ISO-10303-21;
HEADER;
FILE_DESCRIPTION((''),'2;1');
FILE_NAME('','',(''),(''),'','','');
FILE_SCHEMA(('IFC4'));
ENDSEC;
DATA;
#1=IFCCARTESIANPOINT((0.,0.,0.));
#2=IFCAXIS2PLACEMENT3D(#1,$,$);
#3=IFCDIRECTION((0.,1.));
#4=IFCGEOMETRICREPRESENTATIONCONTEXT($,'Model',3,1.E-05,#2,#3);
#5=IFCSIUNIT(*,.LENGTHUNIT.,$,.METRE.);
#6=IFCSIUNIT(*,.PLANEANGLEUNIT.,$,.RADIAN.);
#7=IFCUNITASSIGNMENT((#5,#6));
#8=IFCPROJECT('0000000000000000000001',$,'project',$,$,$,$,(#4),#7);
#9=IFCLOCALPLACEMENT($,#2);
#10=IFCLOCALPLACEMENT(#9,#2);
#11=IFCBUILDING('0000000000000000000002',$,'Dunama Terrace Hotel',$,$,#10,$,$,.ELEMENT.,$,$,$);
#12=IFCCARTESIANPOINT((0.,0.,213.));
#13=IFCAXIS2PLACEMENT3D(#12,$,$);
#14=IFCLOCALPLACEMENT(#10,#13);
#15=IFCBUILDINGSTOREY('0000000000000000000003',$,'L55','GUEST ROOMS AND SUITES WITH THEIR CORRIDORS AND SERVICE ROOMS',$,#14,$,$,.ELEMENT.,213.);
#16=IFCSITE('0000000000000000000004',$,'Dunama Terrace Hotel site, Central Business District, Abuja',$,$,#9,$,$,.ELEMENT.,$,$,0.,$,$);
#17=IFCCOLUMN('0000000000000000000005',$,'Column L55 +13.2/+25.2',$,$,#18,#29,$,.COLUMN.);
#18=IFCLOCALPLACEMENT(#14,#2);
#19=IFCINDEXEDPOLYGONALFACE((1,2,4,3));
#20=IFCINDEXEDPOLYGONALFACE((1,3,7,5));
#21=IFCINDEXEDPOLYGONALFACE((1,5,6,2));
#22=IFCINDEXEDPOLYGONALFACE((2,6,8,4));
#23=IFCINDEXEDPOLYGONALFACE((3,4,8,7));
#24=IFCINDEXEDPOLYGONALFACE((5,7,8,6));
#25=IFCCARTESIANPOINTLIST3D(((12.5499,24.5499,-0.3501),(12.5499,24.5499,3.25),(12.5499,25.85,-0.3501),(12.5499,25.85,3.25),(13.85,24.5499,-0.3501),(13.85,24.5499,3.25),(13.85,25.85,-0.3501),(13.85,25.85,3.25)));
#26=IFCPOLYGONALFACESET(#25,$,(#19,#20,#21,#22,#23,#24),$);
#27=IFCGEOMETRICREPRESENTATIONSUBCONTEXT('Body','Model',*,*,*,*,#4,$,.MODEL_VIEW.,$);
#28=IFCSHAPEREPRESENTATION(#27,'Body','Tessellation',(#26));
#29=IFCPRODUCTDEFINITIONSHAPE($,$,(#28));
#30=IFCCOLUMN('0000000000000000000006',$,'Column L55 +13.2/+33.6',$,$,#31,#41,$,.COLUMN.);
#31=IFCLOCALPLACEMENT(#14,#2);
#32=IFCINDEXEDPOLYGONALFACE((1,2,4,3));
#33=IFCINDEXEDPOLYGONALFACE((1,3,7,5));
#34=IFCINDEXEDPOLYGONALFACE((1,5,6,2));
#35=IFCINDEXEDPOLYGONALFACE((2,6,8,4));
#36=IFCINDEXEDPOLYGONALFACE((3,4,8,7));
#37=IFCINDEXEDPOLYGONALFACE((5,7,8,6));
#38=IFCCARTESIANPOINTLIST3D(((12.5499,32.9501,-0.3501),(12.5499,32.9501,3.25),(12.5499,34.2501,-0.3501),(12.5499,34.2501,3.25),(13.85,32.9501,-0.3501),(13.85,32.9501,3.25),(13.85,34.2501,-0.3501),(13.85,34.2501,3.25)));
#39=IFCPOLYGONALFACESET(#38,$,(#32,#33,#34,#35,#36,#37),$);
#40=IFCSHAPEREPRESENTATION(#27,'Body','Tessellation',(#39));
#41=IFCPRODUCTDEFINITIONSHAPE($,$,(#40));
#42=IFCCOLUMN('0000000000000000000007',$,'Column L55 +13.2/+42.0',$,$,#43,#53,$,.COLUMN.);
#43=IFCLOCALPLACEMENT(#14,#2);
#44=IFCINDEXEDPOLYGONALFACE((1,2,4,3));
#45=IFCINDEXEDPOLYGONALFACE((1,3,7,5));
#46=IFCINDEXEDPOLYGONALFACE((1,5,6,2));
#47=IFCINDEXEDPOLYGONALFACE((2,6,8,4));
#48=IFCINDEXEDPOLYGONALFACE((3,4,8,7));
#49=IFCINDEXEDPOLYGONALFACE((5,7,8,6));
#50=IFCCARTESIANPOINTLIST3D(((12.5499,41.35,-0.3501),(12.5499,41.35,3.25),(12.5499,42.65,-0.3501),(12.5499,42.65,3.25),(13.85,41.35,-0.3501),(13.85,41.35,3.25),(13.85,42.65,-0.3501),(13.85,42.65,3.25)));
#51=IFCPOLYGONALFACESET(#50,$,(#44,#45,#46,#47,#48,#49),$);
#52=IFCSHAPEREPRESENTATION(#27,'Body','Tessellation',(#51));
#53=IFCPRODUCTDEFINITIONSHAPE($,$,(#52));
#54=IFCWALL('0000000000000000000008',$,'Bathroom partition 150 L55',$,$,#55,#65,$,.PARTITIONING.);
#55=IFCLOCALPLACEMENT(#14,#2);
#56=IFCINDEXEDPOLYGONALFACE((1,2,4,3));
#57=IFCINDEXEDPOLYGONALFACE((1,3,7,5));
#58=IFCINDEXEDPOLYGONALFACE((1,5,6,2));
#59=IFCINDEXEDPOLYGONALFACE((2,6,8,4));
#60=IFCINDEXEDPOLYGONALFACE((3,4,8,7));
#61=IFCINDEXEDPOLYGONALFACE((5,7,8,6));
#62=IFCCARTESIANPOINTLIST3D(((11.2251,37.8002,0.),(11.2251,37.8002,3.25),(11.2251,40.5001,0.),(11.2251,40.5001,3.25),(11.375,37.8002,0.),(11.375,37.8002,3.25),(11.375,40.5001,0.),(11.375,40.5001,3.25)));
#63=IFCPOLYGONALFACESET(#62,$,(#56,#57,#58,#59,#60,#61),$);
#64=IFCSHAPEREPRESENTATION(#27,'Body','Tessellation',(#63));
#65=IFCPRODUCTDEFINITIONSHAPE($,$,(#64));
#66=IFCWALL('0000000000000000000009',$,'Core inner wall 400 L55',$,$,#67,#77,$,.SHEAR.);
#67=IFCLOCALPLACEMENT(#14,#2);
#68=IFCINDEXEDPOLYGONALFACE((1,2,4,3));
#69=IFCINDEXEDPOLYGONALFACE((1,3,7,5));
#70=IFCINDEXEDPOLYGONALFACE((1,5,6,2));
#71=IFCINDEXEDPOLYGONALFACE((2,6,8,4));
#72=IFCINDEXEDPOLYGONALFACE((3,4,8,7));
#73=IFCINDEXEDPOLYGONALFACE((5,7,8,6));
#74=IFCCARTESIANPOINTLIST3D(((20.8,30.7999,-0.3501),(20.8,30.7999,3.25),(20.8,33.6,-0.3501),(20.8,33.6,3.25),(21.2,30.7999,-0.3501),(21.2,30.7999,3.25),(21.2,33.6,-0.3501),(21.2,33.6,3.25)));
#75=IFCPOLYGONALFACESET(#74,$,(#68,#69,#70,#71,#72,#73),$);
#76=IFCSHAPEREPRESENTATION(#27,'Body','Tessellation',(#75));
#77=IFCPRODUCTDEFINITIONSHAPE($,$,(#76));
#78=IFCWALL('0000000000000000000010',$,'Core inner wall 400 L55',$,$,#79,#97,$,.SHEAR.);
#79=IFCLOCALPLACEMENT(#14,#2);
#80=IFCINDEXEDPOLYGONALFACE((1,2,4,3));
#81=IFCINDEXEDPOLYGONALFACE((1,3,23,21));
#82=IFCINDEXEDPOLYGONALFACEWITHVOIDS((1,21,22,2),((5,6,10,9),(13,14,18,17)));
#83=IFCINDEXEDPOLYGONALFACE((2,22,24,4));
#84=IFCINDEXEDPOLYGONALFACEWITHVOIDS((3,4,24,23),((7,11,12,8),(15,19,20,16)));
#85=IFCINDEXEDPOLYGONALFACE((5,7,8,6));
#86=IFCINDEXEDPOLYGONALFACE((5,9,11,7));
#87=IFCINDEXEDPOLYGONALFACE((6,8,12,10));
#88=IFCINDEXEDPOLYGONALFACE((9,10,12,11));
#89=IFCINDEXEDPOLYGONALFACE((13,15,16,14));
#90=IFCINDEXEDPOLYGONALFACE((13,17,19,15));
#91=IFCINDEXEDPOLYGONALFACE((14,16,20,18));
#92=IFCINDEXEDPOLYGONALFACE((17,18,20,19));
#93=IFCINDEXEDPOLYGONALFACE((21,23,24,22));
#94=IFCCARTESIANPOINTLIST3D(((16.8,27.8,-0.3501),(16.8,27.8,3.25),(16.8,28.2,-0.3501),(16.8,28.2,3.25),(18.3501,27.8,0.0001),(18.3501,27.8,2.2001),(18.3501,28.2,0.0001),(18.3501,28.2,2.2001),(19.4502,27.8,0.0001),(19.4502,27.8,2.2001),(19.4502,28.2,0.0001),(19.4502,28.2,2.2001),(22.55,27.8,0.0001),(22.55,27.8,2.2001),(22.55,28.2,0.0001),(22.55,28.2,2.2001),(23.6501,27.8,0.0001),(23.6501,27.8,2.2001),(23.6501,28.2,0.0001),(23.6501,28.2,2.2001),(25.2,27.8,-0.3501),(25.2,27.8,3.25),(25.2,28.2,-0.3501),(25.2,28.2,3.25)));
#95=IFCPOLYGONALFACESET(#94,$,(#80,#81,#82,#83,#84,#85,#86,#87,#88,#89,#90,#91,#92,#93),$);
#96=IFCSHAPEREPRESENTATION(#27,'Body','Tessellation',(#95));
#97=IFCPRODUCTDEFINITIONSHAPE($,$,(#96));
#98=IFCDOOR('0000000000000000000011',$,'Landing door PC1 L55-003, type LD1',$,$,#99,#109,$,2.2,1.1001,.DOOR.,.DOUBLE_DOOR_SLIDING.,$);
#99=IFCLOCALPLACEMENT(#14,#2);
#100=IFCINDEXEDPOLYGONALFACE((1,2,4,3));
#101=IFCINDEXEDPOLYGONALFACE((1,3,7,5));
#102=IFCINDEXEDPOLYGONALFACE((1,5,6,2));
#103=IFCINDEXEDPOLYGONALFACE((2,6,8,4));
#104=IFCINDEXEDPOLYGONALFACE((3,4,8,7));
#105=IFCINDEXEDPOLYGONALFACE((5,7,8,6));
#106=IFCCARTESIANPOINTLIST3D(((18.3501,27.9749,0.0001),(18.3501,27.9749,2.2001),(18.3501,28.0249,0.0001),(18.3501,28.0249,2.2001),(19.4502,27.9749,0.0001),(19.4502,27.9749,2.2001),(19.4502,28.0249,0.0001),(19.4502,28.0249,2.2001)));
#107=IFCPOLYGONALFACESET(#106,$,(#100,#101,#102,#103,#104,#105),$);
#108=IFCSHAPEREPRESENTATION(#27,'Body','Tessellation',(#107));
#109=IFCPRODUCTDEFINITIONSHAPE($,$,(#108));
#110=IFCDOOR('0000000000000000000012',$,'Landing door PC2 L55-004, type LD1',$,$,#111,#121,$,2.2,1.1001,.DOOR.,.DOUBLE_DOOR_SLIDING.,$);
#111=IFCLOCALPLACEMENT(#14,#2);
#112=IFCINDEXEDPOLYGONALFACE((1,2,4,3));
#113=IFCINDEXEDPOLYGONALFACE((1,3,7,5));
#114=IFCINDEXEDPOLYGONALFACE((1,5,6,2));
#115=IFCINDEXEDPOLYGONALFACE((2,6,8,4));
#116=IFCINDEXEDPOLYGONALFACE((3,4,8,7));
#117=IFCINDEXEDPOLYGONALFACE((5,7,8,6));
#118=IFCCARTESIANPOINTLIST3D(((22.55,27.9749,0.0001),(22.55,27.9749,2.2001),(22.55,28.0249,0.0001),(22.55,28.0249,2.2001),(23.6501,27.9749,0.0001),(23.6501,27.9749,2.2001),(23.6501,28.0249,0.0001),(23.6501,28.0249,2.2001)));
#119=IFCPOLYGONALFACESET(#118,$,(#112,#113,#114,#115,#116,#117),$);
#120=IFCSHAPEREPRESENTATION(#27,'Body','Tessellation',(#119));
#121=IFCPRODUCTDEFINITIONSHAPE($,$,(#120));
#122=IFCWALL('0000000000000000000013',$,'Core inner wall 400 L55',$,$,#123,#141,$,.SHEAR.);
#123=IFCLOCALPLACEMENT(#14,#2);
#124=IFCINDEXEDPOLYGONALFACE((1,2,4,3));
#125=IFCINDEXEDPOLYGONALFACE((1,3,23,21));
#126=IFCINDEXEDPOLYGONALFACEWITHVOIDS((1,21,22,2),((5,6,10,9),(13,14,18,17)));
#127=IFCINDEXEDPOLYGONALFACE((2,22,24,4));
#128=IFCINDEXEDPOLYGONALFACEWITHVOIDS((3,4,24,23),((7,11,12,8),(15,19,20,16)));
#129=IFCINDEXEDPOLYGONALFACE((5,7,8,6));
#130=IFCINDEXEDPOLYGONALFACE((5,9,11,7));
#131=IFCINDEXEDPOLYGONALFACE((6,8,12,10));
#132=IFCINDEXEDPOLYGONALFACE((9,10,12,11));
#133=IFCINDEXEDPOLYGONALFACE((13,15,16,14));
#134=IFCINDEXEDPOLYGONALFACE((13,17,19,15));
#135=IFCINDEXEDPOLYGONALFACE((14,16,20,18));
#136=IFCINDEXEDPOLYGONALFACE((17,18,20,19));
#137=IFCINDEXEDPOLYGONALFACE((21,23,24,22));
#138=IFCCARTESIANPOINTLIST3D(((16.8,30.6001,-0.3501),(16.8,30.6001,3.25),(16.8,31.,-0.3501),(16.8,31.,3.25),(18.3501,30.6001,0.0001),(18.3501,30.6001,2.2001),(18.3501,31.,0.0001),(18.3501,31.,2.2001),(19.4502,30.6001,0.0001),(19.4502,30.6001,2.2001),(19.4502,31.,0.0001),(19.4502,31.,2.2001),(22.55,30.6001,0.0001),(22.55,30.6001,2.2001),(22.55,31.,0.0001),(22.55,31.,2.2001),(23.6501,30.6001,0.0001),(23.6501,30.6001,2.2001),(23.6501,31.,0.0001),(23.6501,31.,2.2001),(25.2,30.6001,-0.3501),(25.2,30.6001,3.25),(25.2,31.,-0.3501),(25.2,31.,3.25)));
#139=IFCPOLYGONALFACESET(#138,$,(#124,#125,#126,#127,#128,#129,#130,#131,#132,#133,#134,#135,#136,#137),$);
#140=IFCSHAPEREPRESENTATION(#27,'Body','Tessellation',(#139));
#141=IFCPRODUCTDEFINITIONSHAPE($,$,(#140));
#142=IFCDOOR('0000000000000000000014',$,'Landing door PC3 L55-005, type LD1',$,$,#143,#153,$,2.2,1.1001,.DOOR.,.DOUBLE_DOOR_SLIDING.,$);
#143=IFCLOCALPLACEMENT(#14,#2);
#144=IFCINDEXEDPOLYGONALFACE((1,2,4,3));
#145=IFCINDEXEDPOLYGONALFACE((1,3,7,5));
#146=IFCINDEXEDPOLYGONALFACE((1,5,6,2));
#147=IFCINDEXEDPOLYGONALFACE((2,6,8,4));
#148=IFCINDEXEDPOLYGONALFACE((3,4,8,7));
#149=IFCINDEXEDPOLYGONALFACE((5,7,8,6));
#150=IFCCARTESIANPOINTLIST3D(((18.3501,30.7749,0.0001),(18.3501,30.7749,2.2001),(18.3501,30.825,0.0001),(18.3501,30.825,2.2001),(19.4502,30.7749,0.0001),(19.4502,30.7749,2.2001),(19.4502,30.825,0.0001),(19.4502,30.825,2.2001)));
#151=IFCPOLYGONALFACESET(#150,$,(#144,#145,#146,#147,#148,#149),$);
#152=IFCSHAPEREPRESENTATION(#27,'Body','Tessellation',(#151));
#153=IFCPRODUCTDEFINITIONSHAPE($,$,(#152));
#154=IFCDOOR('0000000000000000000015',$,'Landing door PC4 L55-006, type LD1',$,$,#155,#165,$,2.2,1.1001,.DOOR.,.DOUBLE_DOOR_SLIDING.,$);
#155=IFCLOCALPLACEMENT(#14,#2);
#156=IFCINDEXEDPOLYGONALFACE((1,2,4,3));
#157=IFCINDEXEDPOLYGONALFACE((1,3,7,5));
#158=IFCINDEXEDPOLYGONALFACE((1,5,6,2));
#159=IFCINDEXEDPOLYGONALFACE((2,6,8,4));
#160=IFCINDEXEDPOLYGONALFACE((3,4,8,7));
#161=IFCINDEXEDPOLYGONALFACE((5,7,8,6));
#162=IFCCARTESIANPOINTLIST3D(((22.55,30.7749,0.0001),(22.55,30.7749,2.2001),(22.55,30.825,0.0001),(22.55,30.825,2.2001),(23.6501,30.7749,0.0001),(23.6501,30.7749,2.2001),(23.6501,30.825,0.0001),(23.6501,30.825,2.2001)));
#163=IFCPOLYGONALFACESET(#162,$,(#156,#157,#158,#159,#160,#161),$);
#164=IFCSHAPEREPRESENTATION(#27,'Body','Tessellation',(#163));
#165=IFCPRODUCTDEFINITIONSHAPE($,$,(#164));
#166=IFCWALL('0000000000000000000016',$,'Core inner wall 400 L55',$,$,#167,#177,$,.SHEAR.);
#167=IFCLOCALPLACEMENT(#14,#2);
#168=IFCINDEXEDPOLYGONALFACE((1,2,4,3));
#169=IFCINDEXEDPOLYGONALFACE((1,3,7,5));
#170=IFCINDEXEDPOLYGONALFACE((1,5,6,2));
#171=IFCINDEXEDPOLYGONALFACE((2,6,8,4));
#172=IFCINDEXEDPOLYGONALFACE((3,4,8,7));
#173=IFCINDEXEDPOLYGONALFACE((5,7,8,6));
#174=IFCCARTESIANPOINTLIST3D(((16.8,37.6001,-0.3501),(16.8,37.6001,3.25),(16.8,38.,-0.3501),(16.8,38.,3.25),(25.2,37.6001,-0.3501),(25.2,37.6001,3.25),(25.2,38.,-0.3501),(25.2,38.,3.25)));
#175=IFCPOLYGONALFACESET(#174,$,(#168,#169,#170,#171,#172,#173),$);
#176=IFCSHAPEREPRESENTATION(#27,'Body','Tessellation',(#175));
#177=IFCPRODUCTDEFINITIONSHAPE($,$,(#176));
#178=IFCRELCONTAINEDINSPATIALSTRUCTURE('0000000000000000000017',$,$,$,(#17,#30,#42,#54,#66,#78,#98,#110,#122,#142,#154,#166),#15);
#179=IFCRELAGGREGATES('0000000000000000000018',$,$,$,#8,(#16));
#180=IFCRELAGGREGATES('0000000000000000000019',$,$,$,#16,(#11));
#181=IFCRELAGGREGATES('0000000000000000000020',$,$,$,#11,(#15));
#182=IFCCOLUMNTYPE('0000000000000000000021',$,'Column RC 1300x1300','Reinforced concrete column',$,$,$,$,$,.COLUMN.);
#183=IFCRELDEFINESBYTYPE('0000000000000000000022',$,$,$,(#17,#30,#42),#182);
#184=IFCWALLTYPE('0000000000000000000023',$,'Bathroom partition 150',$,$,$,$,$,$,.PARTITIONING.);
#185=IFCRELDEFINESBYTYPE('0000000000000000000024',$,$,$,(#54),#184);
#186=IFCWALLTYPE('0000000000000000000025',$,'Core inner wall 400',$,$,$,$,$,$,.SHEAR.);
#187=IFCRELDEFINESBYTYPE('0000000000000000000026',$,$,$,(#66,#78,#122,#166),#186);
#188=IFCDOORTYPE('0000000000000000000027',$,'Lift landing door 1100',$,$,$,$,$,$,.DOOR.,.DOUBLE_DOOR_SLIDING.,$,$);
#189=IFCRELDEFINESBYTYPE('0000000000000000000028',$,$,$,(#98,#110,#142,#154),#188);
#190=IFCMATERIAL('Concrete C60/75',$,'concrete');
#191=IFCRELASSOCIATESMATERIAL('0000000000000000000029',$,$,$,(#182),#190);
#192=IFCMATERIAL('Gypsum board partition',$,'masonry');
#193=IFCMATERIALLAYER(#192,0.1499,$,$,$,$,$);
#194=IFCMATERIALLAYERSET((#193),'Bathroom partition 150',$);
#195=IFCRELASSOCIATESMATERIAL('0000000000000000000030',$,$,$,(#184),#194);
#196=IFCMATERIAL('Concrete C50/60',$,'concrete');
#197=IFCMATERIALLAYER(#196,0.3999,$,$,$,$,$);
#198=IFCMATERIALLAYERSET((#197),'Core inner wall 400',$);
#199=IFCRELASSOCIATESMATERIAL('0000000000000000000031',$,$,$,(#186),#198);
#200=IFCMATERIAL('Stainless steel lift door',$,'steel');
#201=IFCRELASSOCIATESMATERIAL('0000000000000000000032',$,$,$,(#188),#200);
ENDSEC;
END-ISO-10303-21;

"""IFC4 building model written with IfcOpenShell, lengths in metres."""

from ifc_helpers import new_model, si_unit, direction, frame, frame_2d, origin, origin_2d, place, context, subcontext, project, spatial, rectangle, extrude, material, layer, layer_set, material_profile, profile_set, type_object, element, fill, save


model = new_model("IFC4")

# Units and contexts
model_context = context("Model", 3, precision=1e-05, world=origin(), true_north=direction((0.0, 1.0)))
body_context = subcontext(model_context, "Body", "Model", "MODEL_VIEW")
ifc_project = project(units=[si_unit("LENGTHUNIT", "METRE"), si_unit("PLANEANGLEUNIT", "RADIAN")], contexts=[model_context])

# Site, building, storey
site_placement = place(None, origin())
site = spatial("IfcSite", under=ifc_project, at=site_placement, Name="Dunama Terrace Hotel site, Central Business District, Abuja", CompositionType="ELEMENT", RefElevation=0.0)
building_placement = place(site_placement, origin())
building = spatial("IfcBuilding", under=site, at=building_placement, Name="Dunama Terrace Hotel", CompositionType="ELEMENT")
storey_placement = place(building_placement, frame((0.0, 0.0, 213.0)))
storey = spatial("IfcBuildingStorey", under=building, at=storey_placement, Name="L55", Description="GUEST ROOMS AND SUITES WITH THEIR CORRIDORS AND SERVICE ROOMS", CompositionType="ELEMENT", Elevation=213.0)

# Columns
ifc_material_1 = material(Name="Concrete C60/75", Category="concrete")
ifc_material_profile = material_profile(ifc_material_1, rectangle(XDim=1.3, YDim=1.3, at=origin_2d()), Name="RC 1300x1300")
ifc_profile_set = profile_set([ifc_material_profile], Name="Concrete C60/75")
column_type = type_object("IfcColumnType", Name="Column RC 1300x1300", Description="Reinforced concrete column", PredefinedType="COLUMN", material=ifc_profile_set)
for number, where, z_axis, x_axis, name in (
    (1, (13.2, 25.2, -0.3501), (0.0, 0.0, 1.0), (1.0, 0.0, 0.0), "Column L55 +13.2/+25.2"),
    (2, (13.2, 33.6001, -0.3501), (0.0, 0.0, 1.0), (1.0, 0.0, 0.0), "Column L55 +13.2/+33.6"),
    (3, (13.2, 42.0, -0.3501), (0.0, 0.0, 1.0), (1.0, 0.0, 0.0), "Column L55 +13.2/+42.0"),
):
    element("IfcColumn", number, at=place(storey_placement, frame(where, z_axis=z_axis, x_axis=x_axis)), inside=storey, type_object=column_type, Name=name, PredefinedType="COLUMN", context=body_context, shape_type="SweptSolid", body=[
        extrude(rectangle(XDim=1.3, YDim=1.3, at=origin_2d()), origin(), (0.0, 0.0, 1.0), 3.6001),
    ])

# Walls
ifc_material_2 = material(Name="Gypsum board partition", Category="masonry")
ifc_layer_1 = layer(ifc_material_2, 0.1499)
ifc_layer_set_1 = layer_set([ifc_layer_1], Name="Bathroom partition 150")
wall_type_1 = type_object("IfcWallType", Name="Bathroom partition 150", PredefinedType="PARTITIONING", material=ifc_layer_set_1)
wall_1_placement = place(storey_placement, frame((11.3, 37.8, 0.0), z_axis=(0.0, 0.0, 1.0), x_axis=(0.0, 1.0, 0.0)))
element("IfcWall", 4, at=wall_1_placement, inside=storey, type_object=wall_type_1, Name="Bathroom partition 150 L55", PredefinedType="PARTITIONING", context=body_context, shape_type="SweptSolid", body=[
    extrude(rectangle(XDim=2.7, YDim=0.1499, at=frame_2d((1.3501, 0.0))), origin(), (0.0, 0.0, 1.0), 3.25),
])
ifc_material_3 = material(Name="Concrete C50/60", Category="concrete")
ifc_layer_2 = layer(ifc_material_3, 0.3999)
ifc_layer_set_2 = layer_set([ifc_layer_2], Name="Core inner wall 400")
wall_type_2 = type_object("IfcWallType", Name="Core inner wall 400", PredefinedType="SHEAR", material=ifc_layer_set_2)
wall_2_placement = place(storey_placement, frame((21.0, 30.8, -0.3501), z_axis=(0.0, 0.0, 1.0), x_axis=(0.0, 1.0, 0.0)))
element("IfcWall", 5, at=wall_2_placement, inside=storey, type_object=wall_type_2, Name="Core inner wall 400 L55", PredefinedType="SHEAR", context=body_context, shape_type="SweptSolid", body=[
    extrude(rectangle(XDim=2.8, YDim=0.3999, at=frame_2d((1.3999, 0.0))), origin(), (0.0, 0.0, 1.0), 3.6001),
])

# Walls, openings, doors
wall_3_placement = place(storey_placement, frame((16.8, 28.0, -0.3501), z_axis=(0.0, 0.0, 1.0), x_axis=(1.0, 0.0, 0.0)))
wall_3 = element("IfcWall", 6, at=wall_3_placement, inside=storey, type_object=wall_type_2, Name="Core inner wall 400 L55", PredefinedType="SHEAR", context=body_context, shape_type="SweptSolid", body=[
    extrude(rectangle(XDim=8.3999, YDim=0.3999, at=frame_2d((4.2, 0.0))), origin(), (0.0, 0.0, 1.0), 3.6001),
])
opening_1_placement = place(wall_3_placement, frame((1.55, 0.0, 0.3501)))
opening_1 = element("IfcOpeningElement", 7, at=opening_1_placement, cuts=wall_3, PredefinedType="OPENING", context=body_context, shape_type="SweptSolid", body=[
    extrude(rectangle(XDim=1.1001, YDim=2.2, at=frame_2d((0.55, 1.1001))), frame((0.0, 0.21, 0.0), z_axis=(0.0, -1.0, 0.0), x_axis=(1.0, 0.0, 0.0)), (0.0, 0.0, 1.0), 0.4199),
])
opening_2_placement = place(wall_3_placement, frame((5.75, 0.0, 0.3501)))
opening_2 = element("IfcOpeningElement", 8, at=opening_2_placement, cuts=wall_3, PredefinedType="OPENING", context=body_context, shape_type="SweptSolid", body=[
    extrude(rectangle(XDim=1.1001, YDim=2.2, at=frame_2d((0.55, 1.1001))), frame((0.0, 0.21, 0.0), z_axis=(0.0, -1.0, 0.0), x_axis=(1.0, 0.0, 0.0)), (0.0, 0.0, 1.0), 0.4199),
])
ifc_material_4 = material(Name="Stainless steel lift door", Category="steel")
door_type_1 = type_object("IfcDoorType", Name="Lift landing door 1100", OperationType="DOUBLE_DOOR_SLIDING", PredefinedType="DOOR", material=ifc_material_4)
door_1_placement = place(opening_1_placement, origin())
door_1 = element("IfcDoor", 9, at=door_1_placement, inside=storey, type_object=door_type_1, Name="Landing door PC1 L55-003, type LD1", OperationType="DOUBLE_DOOR_SLIDING", OverallHeight=2.2, OverallWidth=1.1001, PredefinedType="DOOR", context=body_context, shape_type="SweptSolid", body=[
    extrude(rectangle(XDim=1.1001, YDim=2.2, at=frame_2d((0.55, 1.1001))), frame((0.0, 0.0249, 0.0), z_axis=(0.0, -1.0, 0.0), x_axis=(1.0, 0.0, 0.0)), (0.0, 0.0, 1.0), 0.05),
])
fill(opening_1, door_1)
door_2_placement = place(opening_2_placement, origin())
door_2 = element("IfcDoor", 10, at=door_2_placement, inside=storey, type_object=door_type_1, Name="Landing door PC2 L55-004, type LD1", OperationType="DOUBLE_DOOR_SLIDING", OverallHeight=2.2, OverallWidth=1.1001, PredefinedType="DOOR", context=body_context, shape_type="SweptSolid", body=[
    extrude(rectangle(XDim=1.1001, YDim=2.2, at=frame_2d((0.55, 1.1001))), frame((0.0, 0.0249, 0.0), z_axis=(0.0, -1.0, 0.0), x_axis=(1.0, 0.0, 0.0)), (0.0, 0.0, 1.0), 0.05),
])
fill(opening_2, door_2)
wall_4_placement = place(storey_placement, frame((16.8, 30.8, -0.3501), z_axis=(0.0, 0.0, 1.0), x_axis=(1.0, 0.0, 0.0)))
wall_4 = element("IfcWall", 11, at=wall_4_placement, inside=storey, type_object=wall_type_2, Name="Core inner wall 400 L55", PredefinedType="SHEAR", context=body_context, shape_type="SweptSolid", body=[
    extrude(rectangle(XDim=8.3999, YDim=0.3999, at=frame_2d((4.2, 0.0))), origin(), (0.0, 0.0, 1.0), 3.6001),
])
opening_3_placement = place(wall_4_placement, frame((1.55, 0.0, 0.3501)))
opening_3 = element("IfcOpeningElement", 12, at=opening_3_placement, cuts=wall_4, PredefinedType="OPENING", context=body_context, shape_type="SweptSolid", body=[
    extrude(rectangle(XDim=1.1001, YDim=2.2, at=frame_2d((0.55, 1.1001))), frame((0.0, 0.21, 0.0), z_axis=(0.0, -1.0, 0.0), x_axis=(1.0, 0.0, 0.0)), (0.0, 0.0, 1.0), 0.4199),
])
opening_4_placement = place(wall_4_placement, frame((5.75, 0.0, 0.3501)))
opening_4 = element("IfcOpeningElement", 13, at=opening_4_placement, cuts=wall_4, PredefinedType="OPENING", context=body_context, shape_type="SweptSolid", body=[
    extrude(rectangle(XDim=1.1001, YDim=2.2, at=frame_2d((0.55, 1.1001))), frame((0.0, 0.21, 0.0), z_axis=(0.0, -1.0, 0.0), x_axis=(1.0, 0.0, 0.0)), (0.0, 0.0, 1.0), 0.4199),
])
door_3_placement = place(opening_3_placement, origin())
door_3 = element("IfcDoor", 14, at=door_3_placement, inside=storey, type_object=door_type_1, Name="Landing door PC3 L55-005, type LD1", OperationType="DOUBLE_DOOR_SLIDING", OverallHeight=2.2, OverallWidth=1.1001, PredefinedType="DOOR", context=body_context, shape_type="SweptSolid", body=[
    extrude(rectangle(XDim=1.1001, YDim=2.2, at=frame_2d((0.55, 1.1001))), frame((0.0, 0.0249, 0.0), z_axis=(0.0, -1.0, 0.0), x_axis=(1.0, 0.0, 0.0)), (0.0, 0.0, 1.0), 0.05),
])
fill(opening_3, door_3)
door_4_placement = place(opening_4_placement, origin())
door_4 = element("IfcDoor", 15, at=door_4_placement, inside=storey, type_object=door_type_1, Name="Landing door PC4 L55-006, type LD1", OperationType="DOUBLE_DOOR_SLIDING", OverallHeight=2.2, OverallWidth=1.1001, PredefinedType="DOOR", context=body_context, shape_type="SweptSolid", body=[
    extrude(rectangle(XDim=1.1001, YDim=2.2, at=frame_2d((0.55, 1.1001))), frame((0.0, 0.0249, 0.0), z_axis=(0.0, -1.0, 0.0), x_axis=(1.0, 0.0, 0.0)), (0.0, 0.0, 1.0), 0.05),
])
fill(opening_4, door_4)

# Wall
wall_5_placement = place(storey_placement, frame((16.8, 37.8, -0.3501), z_axis=(0.0, 0.0, 1.0), x_axis=(1.0, 0.0, 0.0)))
element("IfcWall", 16, at=wall_5_placement, inside=storey, type_object=wall_type_2, Name="Core inner wall 400 L55", PredefinedType="SHEAR", context=body_context, shape_type="SweptSolid", body=[
    extrude(rectangle(XDim=8.3999, YDim=0.3999, at=frame_2d((4.2, 0.0))), origin(), (0.0, 0.0, 1.0), 3.6001),
])

save(model, "model.ifc")
